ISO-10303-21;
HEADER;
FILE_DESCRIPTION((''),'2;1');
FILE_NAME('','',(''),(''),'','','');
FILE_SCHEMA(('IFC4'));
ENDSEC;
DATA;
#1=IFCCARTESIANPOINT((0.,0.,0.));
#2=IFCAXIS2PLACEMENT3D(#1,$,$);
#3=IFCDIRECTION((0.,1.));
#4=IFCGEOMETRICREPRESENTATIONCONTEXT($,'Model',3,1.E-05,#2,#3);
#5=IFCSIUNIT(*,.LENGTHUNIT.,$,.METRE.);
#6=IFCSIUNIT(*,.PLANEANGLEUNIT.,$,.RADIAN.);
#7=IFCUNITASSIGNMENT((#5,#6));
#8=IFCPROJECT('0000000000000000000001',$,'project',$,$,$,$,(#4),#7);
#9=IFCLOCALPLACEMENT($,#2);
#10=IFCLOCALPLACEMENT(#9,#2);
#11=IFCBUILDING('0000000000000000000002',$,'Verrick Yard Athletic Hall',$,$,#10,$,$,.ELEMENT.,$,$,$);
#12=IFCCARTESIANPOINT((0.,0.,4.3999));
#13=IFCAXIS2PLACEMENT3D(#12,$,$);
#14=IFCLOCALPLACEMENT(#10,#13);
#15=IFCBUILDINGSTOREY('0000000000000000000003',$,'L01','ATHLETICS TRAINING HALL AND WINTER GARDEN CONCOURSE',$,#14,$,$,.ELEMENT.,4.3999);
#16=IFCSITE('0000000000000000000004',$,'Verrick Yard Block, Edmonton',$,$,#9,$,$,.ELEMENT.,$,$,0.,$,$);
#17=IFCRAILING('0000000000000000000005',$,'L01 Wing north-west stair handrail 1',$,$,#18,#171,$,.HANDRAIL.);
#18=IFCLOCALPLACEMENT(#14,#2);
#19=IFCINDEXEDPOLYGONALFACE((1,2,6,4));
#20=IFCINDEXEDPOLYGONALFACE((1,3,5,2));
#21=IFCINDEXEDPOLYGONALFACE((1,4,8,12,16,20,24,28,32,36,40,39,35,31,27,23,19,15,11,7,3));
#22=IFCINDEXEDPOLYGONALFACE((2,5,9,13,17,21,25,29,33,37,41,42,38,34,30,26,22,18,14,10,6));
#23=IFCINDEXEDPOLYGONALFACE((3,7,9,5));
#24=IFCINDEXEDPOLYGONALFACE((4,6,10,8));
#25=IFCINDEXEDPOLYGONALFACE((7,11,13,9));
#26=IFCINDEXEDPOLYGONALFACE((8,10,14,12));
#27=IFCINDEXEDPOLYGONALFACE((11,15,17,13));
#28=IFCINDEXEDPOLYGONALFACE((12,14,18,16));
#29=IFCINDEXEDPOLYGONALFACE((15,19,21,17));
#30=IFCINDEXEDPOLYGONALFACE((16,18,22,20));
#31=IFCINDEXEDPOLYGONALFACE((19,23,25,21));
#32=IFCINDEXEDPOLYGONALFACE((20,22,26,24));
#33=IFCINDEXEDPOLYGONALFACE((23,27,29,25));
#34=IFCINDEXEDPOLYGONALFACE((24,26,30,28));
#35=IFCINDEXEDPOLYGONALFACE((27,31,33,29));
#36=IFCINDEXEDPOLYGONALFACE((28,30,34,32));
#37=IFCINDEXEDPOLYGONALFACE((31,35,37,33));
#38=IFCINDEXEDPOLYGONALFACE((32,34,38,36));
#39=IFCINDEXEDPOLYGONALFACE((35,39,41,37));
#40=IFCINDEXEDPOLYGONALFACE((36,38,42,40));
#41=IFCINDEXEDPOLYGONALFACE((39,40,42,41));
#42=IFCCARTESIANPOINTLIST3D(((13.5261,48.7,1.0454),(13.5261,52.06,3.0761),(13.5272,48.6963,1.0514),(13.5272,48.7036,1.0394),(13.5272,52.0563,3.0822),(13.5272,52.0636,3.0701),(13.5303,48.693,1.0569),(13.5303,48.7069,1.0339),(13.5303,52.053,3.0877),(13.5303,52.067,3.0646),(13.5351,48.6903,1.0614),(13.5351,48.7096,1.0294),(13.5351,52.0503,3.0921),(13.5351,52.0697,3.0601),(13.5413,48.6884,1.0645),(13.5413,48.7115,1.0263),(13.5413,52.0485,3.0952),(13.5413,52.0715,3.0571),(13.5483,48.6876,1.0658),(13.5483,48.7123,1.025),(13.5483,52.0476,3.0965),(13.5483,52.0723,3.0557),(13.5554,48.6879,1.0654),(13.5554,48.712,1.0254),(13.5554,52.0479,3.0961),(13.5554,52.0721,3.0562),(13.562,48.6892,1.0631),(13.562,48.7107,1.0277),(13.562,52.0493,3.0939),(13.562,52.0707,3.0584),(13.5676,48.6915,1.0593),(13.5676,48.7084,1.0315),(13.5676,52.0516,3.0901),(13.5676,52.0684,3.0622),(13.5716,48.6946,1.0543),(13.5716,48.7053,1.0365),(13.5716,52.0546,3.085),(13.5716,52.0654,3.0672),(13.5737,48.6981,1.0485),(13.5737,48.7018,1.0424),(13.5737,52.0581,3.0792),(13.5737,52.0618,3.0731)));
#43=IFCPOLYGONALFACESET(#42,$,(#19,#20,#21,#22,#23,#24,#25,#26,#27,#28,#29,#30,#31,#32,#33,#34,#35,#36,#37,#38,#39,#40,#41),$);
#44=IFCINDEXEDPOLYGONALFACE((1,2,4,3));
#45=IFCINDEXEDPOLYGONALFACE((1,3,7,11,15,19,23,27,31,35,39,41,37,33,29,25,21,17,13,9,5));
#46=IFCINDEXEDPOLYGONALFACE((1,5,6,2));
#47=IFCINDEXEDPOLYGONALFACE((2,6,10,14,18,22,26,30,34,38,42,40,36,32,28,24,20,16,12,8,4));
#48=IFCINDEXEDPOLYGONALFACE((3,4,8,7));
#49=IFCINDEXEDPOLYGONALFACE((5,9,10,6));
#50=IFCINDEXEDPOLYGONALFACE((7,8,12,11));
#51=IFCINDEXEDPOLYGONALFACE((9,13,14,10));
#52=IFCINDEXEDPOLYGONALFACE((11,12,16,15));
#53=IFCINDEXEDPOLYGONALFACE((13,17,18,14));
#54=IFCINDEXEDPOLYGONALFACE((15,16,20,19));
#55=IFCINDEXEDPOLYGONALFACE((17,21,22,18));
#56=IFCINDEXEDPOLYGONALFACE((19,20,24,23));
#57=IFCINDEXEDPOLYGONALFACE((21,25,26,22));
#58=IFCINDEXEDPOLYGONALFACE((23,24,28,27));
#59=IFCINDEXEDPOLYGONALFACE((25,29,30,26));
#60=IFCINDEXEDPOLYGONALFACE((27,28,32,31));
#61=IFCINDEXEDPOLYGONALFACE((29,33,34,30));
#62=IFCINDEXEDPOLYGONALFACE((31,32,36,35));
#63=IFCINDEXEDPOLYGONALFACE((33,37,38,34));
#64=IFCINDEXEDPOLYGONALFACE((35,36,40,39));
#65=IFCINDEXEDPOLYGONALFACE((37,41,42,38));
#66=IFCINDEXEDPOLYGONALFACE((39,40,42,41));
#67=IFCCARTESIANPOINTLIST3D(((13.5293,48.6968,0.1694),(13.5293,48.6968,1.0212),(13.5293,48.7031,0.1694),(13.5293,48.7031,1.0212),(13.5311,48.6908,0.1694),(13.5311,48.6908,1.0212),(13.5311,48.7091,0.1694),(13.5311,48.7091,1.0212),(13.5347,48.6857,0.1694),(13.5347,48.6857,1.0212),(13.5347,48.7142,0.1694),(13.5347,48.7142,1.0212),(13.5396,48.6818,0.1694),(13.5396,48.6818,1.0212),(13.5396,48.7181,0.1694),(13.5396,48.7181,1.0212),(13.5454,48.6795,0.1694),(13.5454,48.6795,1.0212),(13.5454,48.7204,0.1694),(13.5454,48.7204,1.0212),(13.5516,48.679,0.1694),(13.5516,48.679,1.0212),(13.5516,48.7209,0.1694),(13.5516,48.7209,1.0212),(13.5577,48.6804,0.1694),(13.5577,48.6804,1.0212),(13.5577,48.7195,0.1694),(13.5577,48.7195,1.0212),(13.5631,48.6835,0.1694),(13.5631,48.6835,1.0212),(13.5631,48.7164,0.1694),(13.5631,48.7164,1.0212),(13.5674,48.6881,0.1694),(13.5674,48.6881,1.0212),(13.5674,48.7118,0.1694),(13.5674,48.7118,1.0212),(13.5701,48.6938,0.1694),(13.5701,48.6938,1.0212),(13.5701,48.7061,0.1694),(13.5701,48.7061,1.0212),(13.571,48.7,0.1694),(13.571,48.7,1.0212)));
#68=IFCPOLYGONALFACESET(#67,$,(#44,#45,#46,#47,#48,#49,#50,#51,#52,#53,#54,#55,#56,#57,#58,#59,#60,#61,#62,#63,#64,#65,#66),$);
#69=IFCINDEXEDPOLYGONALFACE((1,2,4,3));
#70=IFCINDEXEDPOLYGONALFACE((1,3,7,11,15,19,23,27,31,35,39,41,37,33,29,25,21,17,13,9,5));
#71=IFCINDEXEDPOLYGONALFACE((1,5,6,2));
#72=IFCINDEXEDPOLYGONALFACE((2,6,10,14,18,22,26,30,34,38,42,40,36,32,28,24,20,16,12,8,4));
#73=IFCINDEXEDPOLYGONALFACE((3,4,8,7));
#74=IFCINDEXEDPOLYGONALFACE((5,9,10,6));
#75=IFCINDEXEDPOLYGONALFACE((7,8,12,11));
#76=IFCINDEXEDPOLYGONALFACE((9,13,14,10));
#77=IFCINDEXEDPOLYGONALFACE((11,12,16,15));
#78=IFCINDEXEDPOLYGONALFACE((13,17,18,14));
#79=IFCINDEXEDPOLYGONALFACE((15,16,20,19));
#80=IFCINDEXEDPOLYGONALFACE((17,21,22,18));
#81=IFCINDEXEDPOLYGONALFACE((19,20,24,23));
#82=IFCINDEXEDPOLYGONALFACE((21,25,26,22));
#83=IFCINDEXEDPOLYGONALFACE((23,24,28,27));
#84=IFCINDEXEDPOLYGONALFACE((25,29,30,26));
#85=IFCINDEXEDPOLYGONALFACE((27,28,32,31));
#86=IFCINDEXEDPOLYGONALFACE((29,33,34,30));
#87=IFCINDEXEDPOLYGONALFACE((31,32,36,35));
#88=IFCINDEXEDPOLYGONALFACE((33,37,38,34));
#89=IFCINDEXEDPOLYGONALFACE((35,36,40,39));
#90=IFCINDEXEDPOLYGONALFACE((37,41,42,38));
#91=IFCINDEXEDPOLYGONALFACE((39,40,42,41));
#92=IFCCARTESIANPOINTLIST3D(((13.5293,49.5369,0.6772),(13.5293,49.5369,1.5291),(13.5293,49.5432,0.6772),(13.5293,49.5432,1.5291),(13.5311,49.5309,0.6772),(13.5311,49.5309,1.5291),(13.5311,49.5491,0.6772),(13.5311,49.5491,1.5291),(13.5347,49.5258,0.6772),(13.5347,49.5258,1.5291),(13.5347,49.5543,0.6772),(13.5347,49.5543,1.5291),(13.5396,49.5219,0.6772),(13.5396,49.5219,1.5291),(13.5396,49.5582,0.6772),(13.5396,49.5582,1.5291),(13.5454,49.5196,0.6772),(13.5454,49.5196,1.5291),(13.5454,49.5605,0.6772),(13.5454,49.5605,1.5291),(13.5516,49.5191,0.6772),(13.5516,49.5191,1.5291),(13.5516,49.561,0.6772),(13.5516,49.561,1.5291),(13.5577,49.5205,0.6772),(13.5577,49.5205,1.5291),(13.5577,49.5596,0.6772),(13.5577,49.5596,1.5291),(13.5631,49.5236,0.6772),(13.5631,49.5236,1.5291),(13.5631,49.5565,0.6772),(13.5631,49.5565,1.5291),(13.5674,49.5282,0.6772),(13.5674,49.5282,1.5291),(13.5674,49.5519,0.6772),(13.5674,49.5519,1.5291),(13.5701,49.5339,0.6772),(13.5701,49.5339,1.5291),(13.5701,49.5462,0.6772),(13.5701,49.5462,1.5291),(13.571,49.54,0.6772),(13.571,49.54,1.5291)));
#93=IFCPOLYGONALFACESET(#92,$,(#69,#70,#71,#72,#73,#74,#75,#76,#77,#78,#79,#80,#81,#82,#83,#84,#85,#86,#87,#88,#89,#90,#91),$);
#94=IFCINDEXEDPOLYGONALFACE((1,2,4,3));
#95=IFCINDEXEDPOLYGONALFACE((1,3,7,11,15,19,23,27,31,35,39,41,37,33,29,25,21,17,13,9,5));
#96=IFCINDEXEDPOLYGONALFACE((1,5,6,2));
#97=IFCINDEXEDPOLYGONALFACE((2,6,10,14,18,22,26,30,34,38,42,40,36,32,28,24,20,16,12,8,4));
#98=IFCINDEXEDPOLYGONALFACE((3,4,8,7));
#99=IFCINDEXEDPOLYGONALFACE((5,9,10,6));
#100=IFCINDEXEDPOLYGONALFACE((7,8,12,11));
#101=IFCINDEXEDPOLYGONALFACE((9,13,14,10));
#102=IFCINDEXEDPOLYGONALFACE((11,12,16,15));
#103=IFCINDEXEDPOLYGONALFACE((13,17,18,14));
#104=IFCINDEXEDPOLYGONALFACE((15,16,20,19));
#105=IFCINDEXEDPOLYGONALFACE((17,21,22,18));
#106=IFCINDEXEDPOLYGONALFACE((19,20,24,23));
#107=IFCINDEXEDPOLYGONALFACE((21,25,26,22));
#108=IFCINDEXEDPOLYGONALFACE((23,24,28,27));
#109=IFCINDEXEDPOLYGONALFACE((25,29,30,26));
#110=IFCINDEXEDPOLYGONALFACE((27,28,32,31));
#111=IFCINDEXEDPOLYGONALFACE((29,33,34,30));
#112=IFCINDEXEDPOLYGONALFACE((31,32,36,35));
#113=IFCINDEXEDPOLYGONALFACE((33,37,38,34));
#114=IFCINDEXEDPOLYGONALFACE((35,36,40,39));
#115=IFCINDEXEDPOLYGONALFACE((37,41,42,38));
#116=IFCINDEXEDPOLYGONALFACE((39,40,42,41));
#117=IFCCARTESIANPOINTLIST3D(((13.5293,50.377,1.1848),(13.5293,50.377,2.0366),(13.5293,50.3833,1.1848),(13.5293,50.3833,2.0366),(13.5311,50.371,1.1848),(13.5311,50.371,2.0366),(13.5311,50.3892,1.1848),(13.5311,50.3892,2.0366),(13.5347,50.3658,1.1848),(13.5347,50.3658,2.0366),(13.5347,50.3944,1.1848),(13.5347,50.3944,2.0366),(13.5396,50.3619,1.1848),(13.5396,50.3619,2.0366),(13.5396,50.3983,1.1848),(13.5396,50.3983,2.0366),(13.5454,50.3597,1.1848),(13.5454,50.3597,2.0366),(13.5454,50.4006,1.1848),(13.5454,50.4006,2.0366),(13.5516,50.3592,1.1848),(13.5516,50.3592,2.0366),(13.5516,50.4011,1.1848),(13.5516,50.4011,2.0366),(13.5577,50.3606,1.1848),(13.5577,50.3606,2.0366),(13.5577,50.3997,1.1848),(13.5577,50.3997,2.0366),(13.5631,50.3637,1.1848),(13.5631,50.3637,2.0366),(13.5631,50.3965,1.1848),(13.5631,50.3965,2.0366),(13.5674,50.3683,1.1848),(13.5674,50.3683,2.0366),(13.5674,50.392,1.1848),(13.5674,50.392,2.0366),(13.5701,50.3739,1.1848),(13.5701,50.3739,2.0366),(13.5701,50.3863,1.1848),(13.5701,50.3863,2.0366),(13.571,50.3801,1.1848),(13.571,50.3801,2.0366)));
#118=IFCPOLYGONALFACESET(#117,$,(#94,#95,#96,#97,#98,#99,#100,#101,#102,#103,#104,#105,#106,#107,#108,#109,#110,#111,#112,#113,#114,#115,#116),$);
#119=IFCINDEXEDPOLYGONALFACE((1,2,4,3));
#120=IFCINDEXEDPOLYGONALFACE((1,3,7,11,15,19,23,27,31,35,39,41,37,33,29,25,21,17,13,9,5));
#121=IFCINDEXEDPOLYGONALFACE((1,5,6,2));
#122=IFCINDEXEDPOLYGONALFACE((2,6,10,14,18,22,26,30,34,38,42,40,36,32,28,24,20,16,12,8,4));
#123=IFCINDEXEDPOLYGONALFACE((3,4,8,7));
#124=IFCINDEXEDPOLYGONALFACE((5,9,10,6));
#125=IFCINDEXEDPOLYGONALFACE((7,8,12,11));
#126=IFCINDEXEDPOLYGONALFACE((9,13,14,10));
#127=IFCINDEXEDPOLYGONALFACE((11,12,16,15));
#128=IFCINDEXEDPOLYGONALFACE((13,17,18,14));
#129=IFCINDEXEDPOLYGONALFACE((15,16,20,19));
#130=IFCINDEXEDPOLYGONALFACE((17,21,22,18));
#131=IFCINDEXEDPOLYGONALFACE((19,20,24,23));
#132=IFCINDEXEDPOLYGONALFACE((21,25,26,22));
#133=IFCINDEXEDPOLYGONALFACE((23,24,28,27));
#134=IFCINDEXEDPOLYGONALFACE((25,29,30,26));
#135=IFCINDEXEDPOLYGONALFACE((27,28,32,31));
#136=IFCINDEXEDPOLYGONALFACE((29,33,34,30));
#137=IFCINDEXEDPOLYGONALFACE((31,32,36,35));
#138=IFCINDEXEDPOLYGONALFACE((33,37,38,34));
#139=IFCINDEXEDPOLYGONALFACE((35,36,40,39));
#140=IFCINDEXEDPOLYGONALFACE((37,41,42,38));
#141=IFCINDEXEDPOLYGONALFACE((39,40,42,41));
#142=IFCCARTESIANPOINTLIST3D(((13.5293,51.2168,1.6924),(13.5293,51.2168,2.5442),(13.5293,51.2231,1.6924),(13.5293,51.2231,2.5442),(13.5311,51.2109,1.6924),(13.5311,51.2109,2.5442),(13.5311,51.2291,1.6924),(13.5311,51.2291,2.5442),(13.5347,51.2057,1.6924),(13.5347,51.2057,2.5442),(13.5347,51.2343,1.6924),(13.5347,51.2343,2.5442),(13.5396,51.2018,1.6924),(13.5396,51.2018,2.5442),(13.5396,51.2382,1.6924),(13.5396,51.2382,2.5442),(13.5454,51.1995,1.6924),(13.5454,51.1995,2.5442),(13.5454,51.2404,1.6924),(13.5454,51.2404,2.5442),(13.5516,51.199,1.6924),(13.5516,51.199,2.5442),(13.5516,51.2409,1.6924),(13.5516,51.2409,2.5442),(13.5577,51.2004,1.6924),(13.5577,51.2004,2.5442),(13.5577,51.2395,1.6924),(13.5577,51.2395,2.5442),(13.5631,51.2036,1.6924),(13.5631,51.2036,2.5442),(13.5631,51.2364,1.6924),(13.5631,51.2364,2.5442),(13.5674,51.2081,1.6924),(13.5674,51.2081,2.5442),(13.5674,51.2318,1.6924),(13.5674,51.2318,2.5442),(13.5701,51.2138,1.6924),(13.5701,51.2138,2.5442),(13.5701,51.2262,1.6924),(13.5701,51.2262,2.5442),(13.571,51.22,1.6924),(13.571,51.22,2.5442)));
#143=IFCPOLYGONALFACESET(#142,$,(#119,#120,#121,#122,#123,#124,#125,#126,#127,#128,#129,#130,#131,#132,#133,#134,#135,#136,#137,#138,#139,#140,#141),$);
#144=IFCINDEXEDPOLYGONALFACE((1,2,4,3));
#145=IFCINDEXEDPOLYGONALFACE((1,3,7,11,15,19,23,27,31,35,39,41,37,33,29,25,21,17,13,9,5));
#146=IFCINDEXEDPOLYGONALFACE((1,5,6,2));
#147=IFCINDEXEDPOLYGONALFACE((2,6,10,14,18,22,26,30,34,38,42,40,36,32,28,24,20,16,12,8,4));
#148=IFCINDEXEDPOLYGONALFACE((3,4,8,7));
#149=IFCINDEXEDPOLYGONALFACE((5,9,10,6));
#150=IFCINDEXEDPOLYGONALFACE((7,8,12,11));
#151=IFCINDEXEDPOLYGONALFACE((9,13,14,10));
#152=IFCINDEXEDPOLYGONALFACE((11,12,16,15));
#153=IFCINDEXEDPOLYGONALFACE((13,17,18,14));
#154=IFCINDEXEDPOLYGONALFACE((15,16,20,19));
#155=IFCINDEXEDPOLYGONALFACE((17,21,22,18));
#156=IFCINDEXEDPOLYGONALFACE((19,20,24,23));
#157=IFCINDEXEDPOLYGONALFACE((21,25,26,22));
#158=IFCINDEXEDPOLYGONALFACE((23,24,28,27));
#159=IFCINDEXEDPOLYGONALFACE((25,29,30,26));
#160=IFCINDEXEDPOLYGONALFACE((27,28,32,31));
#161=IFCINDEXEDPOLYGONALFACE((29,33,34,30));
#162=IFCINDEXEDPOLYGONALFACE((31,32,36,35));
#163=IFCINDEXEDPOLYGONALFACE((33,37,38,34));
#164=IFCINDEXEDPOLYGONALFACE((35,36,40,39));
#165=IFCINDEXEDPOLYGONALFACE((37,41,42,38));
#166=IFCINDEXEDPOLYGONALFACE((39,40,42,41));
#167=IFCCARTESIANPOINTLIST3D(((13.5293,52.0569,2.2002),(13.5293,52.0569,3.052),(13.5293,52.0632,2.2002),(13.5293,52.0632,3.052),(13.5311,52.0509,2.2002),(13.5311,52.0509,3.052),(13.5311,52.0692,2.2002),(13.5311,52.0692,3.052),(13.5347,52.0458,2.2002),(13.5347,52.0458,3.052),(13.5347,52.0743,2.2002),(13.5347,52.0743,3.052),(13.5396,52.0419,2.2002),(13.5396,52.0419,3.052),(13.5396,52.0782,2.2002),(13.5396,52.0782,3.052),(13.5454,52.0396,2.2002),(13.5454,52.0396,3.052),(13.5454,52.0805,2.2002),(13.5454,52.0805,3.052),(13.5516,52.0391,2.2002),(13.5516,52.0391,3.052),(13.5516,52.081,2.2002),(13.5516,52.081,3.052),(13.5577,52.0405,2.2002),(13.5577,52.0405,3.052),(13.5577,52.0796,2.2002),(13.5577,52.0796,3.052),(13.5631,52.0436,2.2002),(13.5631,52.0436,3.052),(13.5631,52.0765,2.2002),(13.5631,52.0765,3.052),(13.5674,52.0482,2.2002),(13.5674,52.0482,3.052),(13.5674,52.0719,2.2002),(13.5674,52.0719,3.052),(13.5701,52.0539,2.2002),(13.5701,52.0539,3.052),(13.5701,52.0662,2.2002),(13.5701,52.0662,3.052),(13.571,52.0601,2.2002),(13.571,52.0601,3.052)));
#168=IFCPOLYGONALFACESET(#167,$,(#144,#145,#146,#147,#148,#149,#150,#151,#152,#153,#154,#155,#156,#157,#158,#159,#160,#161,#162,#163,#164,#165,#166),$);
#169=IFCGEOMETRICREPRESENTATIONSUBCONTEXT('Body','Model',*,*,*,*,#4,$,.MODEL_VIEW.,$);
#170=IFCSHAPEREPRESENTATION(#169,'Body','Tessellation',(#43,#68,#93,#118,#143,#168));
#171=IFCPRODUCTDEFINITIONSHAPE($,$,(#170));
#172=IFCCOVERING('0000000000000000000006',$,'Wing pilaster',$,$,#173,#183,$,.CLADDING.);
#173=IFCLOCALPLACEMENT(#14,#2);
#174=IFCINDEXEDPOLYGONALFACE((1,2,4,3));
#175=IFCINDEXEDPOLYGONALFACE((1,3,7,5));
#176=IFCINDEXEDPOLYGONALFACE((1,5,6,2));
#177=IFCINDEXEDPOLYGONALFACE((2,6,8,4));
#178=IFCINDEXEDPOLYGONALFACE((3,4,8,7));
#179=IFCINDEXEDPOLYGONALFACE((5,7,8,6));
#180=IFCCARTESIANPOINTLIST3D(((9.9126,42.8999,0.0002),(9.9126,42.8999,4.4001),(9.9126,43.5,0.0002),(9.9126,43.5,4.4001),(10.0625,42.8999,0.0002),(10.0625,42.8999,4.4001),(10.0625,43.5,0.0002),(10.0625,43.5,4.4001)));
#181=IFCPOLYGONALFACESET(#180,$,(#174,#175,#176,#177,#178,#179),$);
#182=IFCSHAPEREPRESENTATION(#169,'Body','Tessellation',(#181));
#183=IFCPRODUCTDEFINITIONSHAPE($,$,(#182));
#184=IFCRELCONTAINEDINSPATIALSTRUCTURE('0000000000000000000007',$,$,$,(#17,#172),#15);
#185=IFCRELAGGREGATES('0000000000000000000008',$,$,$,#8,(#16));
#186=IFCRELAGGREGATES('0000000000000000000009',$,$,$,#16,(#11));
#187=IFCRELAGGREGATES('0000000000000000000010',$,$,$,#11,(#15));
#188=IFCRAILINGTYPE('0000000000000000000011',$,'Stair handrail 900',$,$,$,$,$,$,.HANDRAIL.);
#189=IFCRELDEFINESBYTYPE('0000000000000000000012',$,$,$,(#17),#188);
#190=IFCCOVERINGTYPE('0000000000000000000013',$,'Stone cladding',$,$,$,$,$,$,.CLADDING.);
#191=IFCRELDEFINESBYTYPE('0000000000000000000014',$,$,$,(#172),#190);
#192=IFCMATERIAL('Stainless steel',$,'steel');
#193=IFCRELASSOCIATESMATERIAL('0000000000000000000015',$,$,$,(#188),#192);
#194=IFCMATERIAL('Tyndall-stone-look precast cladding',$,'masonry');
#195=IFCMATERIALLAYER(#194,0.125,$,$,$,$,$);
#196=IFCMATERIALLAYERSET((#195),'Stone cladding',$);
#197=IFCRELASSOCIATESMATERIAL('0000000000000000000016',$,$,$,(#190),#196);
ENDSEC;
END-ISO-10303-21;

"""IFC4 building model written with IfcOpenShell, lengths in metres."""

from ifc_helpers import new_model, si_unit, direction, frame, origin, origin_2d, place, context, subcontext, project, spatial, rectangle, circle, extrude, material, layer, layer_set, type_object, element, save


model = new_model("IFC4")

# Units and contexts
model_context = context("Model", 3, precision=1e-05, world=origin(), true_north=direction((0.0, 1.0)))
body_context = subcontext(model_context, "Body", "Model", "MODEL_VIEW")
ifc_project = project(units=[si_unit("LENGTHUNIT", "METRE"), si_unit("PLANEANGLEUNIT", "RADIAN")], contexts=[model_context])

# Site, building, storey
site_placement = place(None, origin())
site = spatial("IfcSite", under=ifc_project, at=site_placement, Name="Verrick Yard Block, Edmonton", CompositionType="ELEMENT", RefElevation=0.0)
building_placement = place(site_placement, origin())
building = spatial("IfcBuilding", under=site, at=building_placement, Name="Verrick Yard Athletic Hall", CompositionType="ELEMENT")
storey_placement = place(building_placement, frame((0.0, 0.0, 4.3999)))
storey = spatial("IfcBuildingStorey", under=building, at=storey_placement, Name="L01", Description="ATHLETICS TRAINING HALL AND WINTER GARDEN CONCOURSE", CompositionType="ELEMENT", Elevation=4.3999)

# Railing
ifc_material_1 = material(Name="Stainless steel", Category="steel")
railing_type_1 = type_object("IfcRailingType", Name="Stair handrail 900", PredefinedType="HANDRAIL", material=ifc_material_1)
railing_1_placement = place(storey_placement, frame((13.55, 48.7, 0.1694)))
element("IfcRailing", 1, at=railing_1_placement, inside=storey, type_object=railing_type_1, Name="L01 Wing north-west stair handrail 1", PredefinedType="HANDRAIL", context=body_context, shape_type="SweptSolid", body=[
    extrude(circle(Radius=0.0239, at=origin_2d()), frame((0.0, 0.0, 0.876), z_axis=(0.0, 0.855837, 0.517246), x_axis=(-1.0, 0.0, 0.0)), (0.0, 0.0, 1.0), 3.926),
    extrude(circle(Radius=0.021, at=origin_2d()), origin(), (0.0, 0.0, 1.0), 0.8518),
    extrude(circle(Radius=0.021, at=origin_2d()), frame((0.0, 0.8401, 0.5078)), (0.0, 0.0, 1.0), 0.8518),
    extrude(circle(Radius=0.021, at=origin_2d()), frame((0.0, 1.6802, 1.0154)), (0.0, 0.0, 1.0), 0.8518),
    extrude(circle(Radius=0.021, at=origin_2d()), frame((0.0, 2.52, 1.5229)), (0.0, 0.0, 1.0), 0.8518),
    extrude(circle(Radius=0.021, at=origin_2d()), frame((0.0, 3.3601, 2.0308)), (0.0, 0.0, 1.0), 0.8518),
])

# Covering
ifc_material_2 = material(Name="Tyndall-stone-look precast cladding", Category="masonry")
ifc_layer_1 = layer(ifc_material_2, 0.125)
ifc_layer_set_1 = layer_set([ifc_layer_1], Name="Stone cladding")
covering_type = type_object("IfcCoveringType", Name="Stone cladding", PredefinedType="CLADDING", material=ifc_layer_set_1)
covering_placement = place(storey_placement, frame((9.9875, 43.2, 0.0002), z_axis=(0.0, 0.0, 1.0), x_axis=(0.0, 1.0, 0.0)))
element("IfcCovering", 2, at=covering_placement, inside=storey, type_object=covering_type, Name="Wing pilaster", PredefinedType="CLADDING", context=body_context, shape_type="SweptSolid", body=[
    extrude(rectangle(XDim=0.6001, YDim=0.1499, at=origin_2d()), origin(), (0.0, 0.0, 1.0), 4.3999),
])

save(model, "model.ifc")
